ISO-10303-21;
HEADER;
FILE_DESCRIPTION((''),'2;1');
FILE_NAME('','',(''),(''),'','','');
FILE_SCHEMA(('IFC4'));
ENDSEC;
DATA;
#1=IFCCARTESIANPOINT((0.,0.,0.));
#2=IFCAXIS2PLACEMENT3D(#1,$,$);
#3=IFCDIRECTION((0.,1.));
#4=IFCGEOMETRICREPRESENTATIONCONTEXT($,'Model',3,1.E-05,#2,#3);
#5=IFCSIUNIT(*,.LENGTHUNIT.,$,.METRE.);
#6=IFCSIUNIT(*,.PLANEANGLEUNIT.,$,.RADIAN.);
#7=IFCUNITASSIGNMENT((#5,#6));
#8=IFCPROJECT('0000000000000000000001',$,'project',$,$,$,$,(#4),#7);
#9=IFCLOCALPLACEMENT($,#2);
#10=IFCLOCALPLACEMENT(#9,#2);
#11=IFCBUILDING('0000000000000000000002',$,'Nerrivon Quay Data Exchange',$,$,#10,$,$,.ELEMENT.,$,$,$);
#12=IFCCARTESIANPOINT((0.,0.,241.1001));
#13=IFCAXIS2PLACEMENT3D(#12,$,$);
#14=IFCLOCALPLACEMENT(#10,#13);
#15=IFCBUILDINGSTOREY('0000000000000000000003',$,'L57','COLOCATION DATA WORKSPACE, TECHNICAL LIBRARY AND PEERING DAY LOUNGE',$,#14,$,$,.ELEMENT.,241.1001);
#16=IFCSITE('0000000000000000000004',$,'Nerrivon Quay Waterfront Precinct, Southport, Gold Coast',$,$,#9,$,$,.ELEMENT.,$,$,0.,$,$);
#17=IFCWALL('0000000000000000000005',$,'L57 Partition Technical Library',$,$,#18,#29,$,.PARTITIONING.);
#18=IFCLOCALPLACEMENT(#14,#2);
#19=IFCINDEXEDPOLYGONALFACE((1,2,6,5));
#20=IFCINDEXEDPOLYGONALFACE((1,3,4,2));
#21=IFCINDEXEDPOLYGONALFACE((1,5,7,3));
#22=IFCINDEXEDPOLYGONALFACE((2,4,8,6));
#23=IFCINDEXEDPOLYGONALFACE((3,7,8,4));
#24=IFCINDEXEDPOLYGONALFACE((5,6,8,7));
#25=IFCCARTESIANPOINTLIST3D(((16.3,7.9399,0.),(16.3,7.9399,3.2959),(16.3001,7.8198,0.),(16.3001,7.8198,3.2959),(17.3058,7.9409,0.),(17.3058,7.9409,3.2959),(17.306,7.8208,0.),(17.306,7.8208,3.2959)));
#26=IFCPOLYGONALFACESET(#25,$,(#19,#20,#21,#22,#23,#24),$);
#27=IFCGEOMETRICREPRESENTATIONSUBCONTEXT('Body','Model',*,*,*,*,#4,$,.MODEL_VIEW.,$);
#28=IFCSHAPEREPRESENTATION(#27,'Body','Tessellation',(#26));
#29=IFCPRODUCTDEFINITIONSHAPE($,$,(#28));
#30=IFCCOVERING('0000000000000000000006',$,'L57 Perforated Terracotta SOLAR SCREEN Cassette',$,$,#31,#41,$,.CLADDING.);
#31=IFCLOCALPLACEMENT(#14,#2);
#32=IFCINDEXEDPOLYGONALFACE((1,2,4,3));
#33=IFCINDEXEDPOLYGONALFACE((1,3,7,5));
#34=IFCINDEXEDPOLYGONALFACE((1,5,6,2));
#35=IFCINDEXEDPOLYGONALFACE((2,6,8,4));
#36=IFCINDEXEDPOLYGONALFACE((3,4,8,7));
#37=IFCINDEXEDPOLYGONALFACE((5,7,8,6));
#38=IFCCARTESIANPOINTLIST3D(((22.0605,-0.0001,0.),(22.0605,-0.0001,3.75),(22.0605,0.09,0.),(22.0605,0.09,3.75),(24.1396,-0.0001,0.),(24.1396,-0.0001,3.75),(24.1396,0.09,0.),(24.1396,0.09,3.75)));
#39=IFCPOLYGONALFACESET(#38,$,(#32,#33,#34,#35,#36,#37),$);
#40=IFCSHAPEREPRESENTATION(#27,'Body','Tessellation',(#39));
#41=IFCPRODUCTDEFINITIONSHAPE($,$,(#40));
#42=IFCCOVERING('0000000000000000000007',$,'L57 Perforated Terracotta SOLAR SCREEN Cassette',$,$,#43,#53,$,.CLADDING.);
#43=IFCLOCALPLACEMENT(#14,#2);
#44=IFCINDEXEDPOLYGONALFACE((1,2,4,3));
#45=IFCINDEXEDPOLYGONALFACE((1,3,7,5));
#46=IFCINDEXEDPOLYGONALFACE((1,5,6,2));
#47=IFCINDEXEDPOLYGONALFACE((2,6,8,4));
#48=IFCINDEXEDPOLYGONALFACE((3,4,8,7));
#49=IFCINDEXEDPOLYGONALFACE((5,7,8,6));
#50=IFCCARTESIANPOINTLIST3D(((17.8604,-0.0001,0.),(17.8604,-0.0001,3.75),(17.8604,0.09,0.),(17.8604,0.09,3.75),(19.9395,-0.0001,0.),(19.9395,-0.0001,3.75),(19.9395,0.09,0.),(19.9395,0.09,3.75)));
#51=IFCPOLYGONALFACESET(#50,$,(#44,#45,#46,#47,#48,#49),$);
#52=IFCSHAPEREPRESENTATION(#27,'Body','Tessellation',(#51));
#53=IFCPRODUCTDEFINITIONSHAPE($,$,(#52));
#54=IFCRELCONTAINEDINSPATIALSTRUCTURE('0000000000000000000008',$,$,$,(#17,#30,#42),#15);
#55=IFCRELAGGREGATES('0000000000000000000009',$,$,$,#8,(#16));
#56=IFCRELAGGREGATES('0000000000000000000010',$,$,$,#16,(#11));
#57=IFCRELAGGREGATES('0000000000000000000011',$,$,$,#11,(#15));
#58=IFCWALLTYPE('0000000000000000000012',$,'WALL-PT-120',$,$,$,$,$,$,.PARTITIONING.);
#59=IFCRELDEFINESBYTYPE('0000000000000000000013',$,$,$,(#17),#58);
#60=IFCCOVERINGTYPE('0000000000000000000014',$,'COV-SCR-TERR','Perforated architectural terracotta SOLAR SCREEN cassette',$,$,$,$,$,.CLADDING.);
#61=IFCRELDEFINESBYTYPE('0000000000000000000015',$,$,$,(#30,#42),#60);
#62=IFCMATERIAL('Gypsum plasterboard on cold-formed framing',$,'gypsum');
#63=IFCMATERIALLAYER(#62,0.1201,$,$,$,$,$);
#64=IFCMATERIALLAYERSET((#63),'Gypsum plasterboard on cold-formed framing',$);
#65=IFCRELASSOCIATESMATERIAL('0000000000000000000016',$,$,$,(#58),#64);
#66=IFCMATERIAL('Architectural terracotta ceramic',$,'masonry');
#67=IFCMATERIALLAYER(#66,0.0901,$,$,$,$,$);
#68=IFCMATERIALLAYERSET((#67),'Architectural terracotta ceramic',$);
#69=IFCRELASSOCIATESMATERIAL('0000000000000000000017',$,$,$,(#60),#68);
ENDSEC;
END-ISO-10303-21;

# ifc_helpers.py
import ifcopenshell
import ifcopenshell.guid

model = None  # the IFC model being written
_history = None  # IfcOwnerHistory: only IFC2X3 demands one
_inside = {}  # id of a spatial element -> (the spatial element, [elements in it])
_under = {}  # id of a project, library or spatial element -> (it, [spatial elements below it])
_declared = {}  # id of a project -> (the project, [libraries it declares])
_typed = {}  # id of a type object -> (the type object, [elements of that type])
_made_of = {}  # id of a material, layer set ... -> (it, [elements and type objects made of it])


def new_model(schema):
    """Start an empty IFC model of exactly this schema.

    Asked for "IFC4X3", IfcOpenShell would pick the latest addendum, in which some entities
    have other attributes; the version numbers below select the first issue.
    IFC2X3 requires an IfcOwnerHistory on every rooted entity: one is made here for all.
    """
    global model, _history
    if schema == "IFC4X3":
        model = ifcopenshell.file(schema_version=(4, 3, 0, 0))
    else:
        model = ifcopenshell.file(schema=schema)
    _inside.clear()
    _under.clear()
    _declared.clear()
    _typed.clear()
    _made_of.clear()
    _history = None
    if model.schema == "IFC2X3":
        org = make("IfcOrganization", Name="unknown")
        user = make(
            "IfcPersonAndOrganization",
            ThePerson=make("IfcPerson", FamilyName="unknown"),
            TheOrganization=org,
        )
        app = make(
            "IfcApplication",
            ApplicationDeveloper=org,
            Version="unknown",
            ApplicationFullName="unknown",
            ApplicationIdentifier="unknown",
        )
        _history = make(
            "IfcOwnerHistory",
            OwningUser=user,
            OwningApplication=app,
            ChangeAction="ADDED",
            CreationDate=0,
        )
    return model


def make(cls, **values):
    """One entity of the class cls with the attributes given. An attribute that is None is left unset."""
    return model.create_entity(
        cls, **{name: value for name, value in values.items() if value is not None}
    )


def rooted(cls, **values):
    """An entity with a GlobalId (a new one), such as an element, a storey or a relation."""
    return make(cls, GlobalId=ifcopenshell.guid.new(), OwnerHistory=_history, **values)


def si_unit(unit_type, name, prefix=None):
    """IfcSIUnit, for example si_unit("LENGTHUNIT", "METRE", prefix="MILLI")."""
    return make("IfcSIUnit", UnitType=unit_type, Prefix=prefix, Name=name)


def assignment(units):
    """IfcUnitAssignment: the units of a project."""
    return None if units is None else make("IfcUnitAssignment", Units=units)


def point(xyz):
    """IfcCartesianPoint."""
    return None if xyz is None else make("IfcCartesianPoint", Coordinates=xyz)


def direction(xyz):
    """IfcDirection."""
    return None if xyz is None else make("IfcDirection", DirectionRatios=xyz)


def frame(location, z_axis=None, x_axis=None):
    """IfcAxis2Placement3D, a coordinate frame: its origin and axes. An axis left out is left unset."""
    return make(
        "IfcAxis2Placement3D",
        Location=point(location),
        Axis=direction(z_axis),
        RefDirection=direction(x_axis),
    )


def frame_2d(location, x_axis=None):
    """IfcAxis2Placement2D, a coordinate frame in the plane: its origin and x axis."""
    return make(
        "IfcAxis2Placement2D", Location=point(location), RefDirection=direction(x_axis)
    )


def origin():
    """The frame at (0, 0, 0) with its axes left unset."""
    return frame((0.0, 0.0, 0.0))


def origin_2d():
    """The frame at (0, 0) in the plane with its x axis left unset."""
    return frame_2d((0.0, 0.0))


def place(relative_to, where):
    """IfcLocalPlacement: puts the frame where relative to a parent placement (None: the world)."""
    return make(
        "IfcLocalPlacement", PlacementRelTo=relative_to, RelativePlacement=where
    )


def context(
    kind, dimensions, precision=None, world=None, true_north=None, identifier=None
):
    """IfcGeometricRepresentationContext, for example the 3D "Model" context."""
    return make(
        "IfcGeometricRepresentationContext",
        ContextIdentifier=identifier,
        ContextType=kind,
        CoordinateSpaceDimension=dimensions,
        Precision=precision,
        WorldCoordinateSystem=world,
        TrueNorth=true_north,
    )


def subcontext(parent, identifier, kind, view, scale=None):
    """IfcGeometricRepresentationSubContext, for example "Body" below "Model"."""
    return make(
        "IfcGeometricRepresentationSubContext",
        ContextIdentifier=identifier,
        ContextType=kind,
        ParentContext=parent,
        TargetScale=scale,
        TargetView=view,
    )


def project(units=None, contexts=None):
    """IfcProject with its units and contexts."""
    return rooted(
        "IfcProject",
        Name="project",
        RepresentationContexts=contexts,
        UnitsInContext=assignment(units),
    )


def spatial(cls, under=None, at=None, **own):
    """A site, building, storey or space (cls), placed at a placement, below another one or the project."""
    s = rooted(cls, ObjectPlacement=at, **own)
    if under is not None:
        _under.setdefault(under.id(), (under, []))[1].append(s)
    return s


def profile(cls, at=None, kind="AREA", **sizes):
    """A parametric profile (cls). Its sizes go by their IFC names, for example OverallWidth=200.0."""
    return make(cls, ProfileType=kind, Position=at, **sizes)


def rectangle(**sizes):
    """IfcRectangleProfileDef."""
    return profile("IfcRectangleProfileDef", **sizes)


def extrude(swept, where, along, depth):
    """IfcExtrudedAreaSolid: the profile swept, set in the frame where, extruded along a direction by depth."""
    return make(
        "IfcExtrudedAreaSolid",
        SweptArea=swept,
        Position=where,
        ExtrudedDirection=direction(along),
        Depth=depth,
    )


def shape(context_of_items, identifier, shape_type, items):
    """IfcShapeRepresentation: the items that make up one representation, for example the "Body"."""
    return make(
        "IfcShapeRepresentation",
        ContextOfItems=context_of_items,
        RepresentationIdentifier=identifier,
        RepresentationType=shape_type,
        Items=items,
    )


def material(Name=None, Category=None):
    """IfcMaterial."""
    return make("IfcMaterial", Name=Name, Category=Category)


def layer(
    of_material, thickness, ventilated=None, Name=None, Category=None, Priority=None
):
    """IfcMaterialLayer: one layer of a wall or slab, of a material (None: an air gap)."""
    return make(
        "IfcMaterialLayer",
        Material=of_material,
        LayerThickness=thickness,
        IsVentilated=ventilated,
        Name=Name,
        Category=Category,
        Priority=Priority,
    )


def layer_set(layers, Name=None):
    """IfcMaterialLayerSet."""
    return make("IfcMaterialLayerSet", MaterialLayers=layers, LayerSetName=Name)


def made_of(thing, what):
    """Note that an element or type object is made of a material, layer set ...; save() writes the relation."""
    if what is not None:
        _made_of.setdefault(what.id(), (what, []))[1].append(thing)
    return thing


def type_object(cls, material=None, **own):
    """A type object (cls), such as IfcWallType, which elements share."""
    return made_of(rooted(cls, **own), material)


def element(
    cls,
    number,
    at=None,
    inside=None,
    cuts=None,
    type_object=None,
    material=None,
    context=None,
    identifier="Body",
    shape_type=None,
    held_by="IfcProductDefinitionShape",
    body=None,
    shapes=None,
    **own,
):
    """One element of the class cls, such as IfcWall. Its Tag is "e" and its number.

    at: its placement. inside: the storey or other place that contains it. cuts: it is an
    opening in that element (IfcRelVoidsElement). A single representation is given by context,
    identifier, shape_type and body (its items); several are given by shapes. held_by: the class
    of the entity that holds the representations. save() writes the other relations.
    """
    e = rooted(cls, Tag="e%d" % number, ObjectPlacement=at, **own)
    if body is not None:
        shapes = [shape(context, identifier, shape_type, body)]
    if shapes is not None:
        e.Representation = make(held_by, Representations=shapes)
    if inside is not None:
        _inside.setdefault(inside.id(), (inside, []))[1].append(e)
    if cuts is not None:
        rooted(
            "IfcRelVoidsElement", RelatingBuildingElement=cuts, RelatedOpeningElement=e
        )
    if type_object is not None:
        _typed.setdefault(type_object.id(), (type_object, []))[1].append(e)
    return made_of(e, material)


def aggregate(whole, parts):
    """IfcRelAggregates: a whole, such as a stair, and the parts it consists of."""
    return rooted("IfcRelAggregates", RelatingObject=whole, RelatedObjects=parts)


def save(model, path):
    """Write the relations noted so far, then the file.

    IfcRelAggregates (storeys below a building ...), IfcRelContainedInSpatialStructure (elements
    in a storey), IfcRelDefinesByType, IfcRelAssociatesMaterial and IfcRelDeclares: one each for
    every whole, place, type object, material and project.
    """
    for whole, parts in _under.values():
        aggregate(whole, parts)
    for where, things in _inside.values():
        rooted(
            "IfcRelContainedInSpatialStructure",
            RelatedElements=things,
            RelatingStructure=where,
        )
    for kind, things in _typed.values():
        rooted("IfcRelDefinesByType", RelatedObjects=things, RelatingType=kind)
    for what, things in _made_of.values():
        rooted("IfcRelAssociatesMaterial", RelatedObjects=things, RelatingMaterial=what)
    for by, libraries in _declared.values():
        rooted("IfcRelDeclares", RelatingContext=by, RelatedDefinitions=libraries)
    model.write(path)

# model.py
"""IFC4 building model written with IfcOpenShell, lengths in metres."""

from ifc_helpers import new_model, si_unit, direction, frame, frame_2d, origin, origin_2d, place, context, subcontext, project, spatial, rectangle, extrude, material, layer, layer_set, type_object, element, save


model = new_model("IFC4")

# Units and contexts
model_context = context("Model", 3, precision=1e-05, world=origin(), true_north=direction((0.0, 1.0)))
body_context = subcontext(model_context, "Body", "Model", "MODEL_VIEW")
ifc_project = project(units=[si_unit("LENGTHUNIT", "METRE"), si_unit("PLANEANGLEUNIT", "RADIAN")], contexts=[model_context])

# Site, building, storey
site_placement = place(None, origin())
site = spatial("IfcSite", under=ifc_project, at=site_placement, Name="Nerrivon Quay Waterfront Precinct, Southport, Gold Coast", CompositionType="ELEMENT", RefElevation=0.0)
building_placement = place(site_placement, origin())
building = spatial("IfcBuilding", under=site, at=building_placement, Name="Nerrivon Quay Data Exchange", CompositionType="ELEMENT")
storey_placement = place(building_placement, frame((0.0, 0.0, 241.1001)))
storey = spatial("IfcBuildingStorey", under=building, at=storey_placement, Name="L57", Description="COLOCATION DATA WORKSPACE, TECHNICAL LIBRARY AND PEERING DAY LOUNGE", CompositionType="ELEMENT", Elevation=241.1001)

# Wall
ifc_material_1 = material(Name="Gypsum plasterboard on cold-formed framing", Category="gypsum")
ifc_layer_1 = layer(ifc_material_1, 0.1201)
ifc_layer_set_1 = layer_set([ifc_layer_1], Name="Gypsum plasterboard on cold-formed framing")
wall_type_1 = type_object("IfcWallType", Name="WALL-PT-120", PredefinedType="PARTITIONING", material=ifc_layer_set_1)
for number, where, z_axis, x_axis, name in (
    (1, (17.3059, 7.8809, 0.0), (0.0, 0.0, 1.0), (-1.0, -0.000971, 0.0), "L57 Partition Technical Library"),
):
    element("IfcWall", number, at=place(storey_placement, frame(where, z_axis=z_axis, x_axis=x_axis)), inside=storey, type_object=wall_type_1, Name=name, PredefinedType="PARTITIONING", context=body_context, shape_type="SweptSolid", body=[
        extrude(rectangle(XDim=1.0059, YDim=0.1201, at=frame_2d((0.5029, 0.0))), origin(), (0.0, 0.0, 1.0), 3.2959),
    ])

# Coverings
ifc_material_2 = material(Name="Architectural terracotta ceramic", Category="masonry")
ifc_layer_2 = layer(ifc_material_2, 0.0901)
ifc_layer_set_2 = layer_set([ifc_layer_2], Name="Architectural terracotta ceramic")
covering_type = type_object("IfcCoveringType", Name="COV-SCR-TERR", Description="Perforated architectural terracotta SOLAR SCREEN cassette", PredefinedType="CLADDING", material=ifc_layer_set_2)
for number, where, z_axis, x_axis, name in (
    (2, (23.1001, 0.0449, 0.0), (0.0, 0.0, 1.0), (-1.0, 0.0, 0.0), "L57 Perforated Terracotta SOLAR SCREEN Cassette"),
    (3, (18.8999, 0.0449, 0.0), (0.0, 0.0, 1.0), (-1.0, 0.0, 0.0), "L57 Perforated Terracotta SOLAR SCREEN Cassette"),
):
    element("IfcCovering", number, at=place(storey_placement, frame(where, z_axis=z_axis, x_axis=x_axis)), inside=storey, type_object=covering_type, Name=name, PredefinedType="CLADDING", context=body_context, shape_type="SweptSolid", body=[
        extrude(rectangle(XDim=2.0791, YDim=0.0901, at=origin_2d()), origin(), (0.0, 0.0, 1.0), 3.75),
    ])

save(model, "model.ifc")
